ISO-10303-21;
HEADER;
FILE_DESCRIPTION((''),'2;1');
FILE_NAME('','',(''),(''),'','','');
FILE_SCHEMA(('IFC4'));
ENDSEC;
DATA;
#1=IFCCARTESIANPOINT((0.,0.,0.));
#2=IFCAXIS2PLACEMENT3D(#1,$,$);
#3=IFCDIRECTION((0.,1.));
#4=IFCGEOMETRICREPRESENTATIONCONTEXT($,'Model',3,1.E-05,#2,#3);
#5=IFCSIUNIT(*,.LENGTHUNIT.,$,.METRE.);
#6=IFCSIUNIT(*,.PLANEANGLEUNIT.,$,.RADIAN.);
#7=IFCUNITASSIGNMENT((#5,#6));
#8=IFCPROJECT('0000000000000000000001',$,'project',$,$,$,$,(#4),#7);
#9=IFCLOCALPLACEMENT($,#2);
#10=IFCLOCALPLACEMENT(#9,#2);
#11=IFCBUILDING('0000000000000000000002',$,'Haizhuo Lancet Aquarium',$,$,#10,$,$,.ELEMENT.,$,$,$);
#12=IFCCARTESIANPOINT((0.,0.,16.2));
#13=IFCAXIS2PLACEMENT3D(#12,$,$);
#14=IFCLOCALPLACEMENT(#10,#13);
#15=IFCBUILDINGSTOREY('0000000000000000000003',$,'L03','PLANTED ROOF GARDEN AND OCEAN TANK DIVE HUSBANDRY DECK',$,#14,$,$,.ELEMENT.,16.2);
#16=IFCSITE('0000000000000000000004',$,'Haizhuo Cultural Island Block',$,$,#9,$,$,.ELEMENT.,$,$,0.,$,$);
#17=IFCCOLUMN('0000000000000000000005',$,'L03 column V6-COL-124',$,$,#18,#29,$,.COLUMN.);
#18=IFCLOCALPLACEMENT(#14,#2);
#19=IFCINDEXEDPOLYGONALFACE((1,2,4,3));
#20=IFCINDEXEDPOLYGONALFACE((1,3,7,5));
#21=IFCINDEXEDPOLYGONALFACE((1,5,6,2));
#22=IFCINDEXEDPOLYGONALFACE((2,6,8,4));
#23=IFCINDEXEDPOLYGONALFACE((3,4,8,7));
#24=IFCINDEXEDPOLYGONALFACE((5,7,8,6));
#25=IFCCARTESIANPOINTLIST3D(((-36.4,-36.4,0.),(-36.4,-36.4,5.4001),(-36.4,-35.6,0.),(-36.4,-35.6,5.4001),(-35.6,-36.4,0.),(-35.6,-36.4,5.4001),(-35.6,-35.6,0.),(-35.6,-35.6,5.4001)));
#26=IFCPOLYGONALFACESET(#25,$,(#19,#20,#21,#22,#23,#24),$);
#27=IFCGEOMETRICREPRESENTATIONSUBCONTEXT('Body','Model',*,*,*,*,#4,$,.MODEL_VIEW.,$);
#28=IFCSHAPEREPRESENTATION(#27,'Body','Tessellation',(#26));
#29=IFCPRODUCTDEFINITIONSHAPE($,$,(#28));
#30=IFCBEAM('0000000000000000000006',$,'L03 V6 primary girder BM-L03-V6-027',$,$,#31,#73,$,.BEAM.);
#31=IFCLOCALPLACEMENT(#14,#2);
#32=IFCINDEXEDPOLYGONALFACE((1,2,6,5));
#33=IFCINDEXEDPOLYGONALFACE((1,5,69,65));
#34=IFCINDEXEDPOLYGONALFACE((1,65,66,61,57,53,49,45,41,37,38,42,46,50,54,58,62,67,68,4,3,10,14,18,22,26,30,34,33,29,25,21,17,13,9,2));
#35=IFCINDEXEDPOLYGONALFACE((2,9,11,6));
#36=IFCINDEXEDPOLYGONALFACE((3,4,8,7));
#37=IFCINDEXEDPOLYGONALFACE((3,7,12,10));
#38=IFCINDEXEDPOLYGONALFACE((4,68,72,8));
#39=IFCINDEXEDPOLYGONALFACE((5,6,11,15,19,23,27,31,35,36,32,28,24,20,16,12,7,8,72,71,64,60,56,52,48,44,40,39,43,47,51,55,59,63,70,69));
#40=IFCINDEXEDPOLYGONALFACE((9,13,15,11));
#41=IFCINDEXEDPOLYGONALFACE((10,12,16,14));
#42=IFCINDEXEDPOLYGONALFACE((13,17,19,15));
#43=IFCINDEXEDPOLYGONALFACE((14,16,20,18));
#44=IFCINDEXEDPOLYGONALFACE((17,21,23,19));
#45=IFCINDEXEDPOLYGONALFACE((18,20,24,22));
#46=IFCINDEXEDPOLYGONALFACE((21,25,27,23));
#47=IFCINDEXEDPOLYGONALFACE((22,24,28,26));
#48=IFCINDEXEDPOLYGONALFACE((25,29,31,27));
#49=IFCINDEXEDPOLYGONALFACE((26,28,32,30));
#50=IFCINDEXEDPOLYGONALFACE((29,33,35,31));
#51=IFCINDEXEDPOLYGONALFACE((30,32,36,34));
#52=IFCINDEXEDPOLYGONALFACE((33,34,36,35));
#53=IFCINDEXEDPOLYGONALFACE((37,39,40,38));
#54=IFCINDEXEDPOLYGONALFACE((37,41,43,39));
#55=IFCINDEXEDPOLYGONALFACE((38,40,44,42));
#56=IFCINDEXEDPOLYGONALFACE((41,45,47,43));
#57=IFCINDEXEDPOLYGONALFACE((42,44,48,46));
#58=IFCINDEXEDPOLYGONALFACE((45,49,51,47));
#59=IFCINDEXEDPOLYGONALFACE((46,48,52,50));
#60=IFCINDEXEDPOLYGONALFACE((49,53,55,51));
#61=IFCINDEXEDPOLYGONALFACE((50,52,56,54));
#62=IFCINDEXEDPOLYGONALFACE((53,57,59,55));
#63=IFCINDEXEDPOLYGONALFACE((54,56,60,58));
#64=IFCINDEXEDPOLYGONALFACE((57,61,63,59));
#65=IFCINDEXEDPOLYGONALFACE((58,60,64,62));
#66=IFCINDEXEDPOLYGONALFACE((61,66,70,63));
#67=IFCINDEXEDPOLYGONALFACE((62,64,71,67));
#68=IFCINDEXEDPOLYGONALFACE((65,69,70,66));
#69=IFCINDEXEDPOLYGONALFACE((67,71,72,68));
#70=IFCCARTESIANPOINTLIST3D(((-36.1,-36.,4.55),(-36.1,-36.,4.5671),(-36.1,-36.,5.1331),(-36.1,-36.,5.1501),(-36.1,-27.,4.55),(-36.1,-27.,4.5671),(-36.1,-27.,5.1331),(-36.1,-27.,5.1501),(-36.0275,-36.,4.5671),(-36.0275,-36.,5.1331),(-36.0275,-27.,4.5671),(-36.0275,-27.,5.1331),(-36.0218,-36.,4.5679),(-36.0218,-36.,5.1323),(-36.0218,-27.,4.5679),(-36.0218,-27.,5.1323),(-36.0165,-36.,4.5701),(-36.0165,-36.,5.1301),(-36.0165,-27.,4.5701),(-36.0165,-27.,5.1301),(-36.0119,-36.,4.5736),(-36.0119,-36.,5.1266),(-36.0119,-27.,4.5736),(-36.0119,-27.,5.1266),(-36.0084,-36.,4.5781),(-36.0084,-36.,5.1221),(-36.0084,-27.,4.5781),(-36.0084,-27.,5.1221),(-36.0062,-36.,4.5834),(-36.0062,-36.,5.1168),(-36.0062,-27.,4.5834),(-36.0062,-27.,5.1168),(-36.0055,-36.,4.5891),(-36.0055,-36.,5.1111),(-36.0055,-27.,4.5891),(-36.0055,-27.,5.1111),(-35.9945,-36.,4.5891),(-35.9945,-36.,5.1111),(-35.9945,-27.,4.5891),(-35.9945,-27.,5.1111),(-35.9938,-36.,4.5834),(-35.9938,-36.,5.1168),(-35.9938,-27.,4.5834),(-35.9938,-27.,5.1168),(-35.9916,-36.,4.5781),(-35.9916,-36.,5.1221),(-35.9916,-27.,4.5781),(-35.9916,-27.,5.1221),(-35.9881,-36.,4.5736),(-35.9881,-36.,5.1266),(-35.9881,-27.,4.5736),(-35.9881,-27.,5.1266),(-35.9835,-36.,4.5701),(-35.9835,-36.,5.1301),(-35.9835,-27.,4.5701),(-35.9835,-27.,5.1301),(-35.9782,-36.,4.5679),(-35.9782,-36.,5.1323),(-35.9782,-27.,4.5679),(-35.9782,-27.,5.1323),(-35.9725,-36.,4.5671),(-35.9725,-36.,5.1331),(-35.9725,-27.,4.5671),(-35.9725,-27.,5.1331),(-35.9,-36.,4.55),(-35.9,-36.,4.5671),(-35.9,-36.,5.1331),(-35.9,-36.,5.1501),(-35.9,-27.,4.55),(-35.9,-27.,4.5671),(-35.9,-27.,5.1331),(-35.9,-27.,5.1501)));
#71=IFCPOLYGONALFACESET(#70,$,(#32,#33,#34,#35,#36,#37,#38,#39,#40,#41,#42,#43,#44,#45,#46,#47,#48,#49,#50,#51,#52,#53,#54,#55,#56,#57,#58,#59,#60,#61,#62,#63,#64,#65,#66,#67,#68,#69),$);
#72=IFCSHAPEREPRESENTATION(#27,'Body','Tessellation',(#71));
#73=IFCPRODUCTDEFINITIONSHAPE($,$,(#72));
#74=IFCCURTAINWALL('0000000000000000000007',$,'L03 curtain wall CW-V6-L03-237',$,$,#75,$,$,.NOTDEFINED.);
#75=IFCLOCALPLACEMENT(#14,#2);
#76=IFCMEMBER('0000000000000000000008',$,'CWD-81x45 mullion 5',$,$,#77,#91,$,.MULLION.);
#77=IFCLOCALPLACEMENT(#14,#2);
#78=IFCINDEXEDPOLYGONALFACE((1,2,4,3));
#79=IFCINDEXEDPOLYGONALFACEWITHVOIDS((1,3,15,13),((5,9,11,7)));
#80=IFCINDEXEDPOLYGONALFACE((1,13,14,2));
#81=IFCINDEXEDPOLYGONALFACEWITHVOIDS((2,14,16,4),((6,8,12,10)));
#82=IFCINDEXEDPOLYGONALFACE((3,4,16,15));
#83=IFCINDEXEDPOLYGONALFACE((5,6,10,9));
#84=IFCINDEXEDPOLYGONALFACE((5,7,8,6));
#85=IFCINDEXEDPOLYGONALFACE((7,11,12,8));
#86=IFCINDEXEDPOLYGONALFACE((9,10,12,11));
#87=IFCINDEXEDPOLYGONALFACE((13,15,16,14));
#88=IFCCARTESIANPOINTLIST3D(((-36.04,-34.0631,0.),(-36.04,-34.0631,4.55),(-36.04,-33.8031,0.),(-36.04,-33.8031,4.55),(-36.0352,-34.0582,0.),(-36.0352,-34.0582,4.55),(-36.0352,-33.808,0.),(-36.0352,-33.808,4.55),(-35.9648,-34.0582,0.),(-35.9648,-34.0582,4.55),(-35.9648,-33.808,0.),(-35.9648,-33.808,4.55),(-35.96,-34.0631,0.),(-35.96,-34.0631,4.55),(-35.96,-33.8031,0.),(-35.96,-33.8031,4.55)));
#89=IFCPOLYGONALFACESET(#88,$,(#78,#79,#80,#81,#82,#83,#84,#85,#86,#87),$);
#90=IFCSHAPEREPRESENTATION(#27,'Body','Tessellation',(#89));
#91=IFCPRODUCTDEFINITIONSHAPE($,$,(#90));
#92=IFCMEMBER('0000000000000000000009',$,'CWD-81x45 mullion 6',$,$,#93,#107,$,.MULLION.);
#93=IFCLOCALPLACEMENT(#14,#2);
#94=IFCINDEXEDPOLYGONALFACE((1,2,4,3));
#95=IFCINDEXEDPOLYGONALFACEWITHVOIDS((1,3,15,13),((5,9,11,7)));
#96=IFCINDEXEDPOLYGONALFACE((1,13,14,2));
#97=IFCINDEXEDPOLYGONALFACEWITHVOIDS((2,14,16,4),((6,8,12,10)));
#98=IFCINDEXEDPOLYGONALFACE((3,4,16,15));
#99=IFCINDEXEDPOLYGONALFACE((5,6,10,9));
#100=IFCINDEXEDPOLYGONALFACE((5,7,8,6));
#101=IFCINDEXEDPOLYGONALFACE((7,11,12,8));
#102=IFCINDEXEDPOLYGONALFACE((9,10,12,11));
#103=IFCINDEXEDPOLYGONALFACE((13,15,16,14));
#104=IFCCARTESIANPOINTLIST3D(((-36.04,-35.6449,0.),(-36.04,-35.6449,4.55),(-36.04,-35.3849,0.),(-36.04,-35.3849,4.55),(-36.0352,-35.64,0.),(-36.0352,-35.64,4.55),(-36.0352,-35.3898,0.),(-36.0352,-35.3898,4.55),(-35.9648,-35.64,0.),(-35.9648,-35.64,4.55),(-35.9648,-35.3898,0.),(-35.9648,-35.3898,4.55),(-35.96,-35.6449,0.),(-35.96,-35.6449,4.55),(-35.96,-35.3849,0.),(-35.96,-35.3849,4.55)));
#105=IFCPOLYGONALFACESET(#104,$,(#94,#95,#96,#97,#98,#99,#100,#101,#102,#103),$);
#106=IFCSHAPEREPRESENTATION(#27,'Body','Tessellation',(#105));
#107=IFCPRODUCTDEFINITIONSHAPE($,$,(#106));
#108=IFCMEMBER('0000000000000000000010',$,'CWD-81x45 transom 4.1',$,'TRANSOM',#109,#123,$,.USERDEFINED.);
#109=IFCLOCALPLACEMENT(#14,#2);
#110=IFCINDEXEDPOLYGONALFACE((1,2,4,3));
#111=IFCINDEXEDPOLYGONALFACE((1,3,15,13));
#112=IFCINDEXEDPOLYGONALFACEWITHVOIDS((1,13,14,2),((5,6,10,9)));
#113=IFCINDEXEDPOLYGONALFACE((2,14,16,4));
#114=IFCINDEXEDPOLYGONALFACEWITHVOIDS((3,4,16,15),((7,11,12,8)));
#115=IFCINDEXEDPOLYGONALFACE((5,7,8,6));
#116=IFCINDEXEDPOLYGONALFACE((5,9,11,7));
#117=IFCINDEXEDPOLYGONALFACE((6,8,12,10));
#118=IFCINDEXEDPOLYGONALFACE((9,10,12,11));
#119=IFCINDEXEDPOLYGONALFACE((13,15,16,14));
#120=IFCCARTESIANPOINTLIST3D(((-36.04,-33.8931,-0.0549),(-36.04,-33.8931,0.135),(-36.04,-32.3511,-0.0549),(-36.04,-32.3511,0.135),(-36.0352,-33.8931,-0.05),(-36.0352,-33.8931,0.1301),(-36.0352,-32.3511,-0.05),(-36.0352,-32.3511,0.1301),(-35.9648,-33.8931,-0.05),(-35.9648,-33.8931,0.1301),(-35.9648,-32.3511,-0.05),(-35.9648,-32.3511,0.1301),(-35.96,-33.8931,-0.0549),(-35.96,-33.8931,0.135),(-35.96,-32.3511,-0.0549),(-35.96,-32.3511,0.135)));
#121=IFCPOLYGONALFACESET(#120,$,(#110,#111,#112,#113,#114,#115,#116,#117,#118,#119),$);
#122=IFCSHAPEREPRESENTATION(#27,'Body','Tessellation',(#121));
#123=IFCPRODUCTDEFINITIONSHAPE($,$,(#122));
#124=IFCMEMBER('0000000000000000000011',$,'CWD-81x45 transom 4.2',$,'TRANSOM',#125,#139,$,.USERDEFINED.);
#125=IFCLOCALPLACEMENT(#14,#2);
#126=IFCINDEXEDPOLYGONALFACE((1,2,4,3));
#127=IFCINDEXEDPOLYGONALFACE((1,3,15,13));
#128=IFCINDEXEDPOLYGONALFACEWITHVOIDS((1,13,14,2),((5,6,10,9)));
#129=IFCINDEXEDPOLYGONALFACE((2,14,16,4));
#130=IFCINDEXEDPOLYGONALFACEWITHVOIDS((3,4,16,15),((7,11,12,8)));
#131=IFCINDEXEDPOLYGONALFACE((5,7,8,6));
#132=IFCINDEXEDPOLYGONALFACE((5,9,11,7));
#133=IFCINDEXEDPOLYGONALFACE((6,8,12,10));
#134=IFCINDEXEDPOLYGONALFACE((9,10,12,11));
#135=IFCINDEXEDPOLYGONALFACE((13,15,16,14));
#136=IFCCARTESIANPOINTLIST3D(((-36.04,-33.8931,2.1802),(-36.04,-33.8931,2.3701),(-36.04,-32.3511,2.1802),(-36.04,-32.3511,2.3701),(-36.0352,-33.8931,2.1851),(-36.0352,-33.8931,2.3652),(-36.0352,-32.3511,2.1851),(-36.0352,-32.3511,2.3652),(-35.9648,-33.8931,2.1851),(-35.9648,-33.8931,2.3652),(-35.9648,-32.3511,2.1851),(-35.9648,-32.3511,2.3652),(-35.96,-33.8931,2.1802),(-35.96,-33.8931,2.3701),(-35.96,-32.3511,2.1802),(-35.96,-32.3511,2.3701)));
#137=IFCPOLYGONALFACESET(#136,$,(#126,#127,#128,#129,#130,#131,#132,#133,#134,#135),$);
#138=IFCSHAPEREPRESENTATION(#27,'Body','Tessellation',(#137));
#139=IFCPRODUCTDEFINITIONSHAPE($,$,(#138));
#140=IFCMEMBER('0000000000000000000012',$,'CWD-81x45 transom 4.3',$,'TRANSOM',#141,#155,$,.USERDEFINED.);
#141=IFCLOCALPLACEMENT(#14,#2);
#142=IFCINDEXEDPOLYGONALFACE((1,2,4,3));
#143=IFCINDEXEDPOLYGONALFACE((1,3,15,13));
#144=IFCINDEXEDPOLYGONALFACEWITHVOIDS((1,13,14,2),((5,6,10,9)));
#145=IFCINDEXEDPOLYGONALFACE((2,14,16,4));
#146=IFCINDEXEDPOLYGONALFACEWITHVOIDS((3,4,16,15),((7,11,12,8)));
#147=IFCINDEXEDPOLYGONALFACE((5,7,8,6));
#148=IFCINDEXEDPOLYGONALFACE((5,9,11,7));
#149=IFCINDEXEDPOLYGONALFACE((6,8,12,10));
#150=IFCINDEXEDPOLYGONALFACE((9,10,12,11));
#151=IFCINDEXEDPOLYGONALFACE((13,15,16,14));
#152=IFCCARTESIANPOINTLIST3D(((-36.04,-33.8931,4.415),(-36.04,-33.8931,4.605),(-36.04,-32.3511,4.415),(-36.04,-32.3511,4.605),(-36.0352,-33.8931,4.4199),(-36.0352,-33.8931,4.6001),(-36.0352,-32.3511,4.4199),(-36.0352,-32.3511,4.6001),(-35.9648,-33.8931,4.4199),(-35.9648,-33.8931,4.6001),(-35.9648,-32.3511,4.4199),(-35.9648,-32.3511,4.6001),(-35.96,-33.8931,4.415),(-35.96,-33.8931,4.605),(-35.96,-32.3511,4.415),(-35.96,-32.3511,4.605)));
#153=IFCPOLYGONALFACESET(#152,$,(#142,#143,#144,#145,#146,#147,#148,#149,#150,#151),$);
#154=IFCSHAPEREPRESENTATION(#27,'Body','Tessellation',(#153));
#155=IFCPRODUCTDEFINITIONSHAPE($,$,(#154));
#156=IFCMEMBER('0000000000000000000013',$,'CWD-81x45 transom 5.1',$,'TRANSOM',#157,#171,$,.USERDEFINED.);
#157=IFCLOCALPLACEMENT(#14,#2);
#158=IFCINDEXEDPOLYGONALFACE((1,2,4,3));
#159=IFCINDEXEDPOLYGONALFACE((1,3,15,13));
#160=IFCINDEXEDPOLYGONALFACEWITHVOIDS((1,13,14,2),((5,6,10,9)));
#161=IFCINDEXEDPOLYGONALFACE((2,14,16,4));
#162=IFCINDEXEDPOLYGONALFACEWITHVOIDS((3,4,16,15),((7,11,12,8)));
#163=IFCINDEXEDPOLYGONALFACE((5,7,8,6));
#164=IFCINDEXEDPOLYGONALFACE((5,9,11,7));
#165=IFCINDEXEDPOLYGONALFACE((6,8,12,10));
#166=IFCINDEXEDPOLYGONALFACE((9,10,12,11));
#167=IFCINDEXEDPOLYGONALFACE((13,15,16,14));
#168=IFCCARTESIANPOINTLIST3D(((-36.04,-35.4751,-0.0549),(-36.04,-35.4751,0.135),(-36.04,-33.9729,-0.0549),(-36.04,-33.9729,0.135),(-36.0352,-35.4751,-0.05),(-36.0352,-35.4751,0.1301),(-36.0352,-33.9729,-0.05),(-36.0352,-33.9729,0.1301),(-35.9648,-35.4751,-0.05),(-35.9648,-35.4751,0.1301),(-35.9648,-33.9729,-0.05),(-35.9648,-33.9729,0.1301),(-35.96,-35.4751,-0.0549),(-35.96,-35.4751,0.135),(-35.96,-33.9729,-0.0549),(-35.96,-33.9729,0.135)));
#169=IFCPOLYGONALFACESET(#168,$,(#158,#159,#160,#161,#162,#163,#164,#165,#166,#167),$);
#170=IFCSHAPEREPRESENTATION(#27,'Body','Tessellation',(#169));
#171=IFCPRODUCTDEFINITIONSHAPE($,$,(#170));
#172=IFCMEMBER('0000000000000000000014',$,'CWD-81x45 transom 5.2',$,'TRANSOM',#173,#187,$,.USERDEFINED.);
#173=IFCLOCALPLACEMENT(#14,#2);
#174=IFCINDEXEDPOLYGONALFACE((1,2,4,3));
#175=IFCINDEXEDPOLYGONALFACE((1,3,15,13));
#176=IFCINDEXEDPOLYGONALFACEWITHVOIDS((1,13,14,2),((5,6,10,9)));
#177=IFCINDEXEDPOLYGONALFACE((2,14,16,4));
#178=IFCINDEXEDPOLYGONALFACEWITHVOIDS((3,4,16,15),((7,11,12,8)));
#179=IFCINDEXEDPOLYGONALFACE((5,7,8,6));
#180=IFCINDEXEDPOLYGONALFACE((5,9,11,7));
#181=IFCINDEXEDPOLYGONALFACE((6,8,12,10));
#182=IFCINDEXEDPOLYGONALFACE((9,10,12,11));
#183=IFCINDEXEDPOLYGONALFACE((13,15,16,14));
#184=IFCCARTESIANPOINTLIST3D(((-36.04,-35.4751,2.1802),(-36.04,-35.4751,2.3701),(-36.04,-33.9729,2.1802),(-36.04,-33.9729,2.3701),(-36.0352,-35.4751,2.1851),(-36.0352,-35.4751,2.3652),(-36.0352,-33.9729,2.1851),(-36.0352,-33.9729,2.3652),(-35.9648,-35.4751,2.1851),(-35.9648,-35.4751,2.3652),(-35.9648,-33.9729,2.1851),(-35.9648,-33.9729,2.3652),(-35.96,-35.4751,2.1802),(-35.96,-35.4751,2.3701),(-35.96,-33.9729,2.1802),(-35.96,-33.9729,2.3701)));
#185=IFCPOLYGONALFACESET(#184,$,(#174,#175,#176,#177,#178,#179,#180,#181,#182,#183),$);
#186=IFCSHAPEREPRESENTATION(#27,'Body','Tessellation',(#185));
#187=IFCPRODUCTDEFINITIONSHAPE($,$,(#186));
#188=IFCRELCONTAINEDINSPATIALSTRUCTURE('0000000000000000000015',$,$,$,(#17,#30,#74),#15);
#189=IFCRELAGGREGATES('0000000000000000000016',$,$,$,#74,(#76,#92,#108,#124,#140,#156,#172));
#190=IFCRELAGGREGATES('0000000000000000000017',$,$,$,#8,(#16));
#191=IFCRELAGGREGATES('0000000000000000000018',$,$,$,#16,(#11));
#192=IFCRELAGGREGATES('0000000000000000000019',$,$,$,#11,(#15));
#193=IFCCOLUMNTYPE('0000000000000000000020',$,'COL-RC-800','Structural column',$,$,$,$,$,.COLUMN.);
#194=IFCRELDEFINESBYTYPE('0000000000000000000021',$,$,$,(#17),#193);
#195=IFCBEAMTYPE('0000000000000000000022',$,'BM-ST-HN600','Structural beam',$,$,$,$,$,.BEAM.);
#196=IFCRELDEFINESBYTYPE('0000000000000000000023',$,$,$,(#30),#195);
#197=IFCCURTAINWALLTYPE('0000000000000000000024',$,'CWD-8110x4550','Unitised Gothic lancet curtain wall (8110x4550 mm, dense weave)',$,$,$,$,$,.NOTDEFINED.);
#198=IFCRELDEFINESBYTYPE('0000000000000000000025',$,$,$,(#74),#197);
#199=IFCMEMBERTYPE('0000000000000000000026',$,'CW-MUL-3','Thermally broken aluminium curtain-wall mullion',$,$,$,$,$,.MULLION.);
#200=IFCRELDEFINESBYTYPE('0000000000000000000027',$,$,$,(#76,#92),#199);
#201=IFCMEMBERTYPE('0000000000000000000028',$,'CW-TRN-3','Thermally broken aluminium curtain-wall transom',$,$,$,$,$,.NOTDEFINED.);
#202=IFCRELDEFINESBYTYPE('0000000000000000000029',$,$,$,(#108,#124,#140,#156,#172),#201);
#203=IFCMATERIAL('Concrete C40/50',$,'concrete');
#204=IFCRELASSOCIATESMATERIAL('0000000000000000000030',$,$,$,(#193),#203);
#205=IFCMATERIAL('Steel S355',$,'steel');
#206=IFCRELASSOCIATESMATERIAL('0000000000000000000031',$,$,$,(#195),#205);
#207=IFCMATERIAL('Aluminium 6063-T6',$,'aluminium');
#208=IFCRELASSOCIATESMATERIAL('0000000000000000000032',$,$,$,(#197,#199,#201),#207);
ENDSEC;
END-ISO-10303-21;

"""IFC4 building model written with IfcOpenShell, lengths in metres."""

from ifc_helpers import new_model, si_unit, direction, frame, origin, origin_2d, place, context, subcontext, project, spatial, rectangle, hollow_rectangle, i_section, extrude, material, material_profile, profile_set, type_object, element, aggregate, save


model = new_model("IFC4")

# Units and contexts
model_context = context("Model", 3, precision=1e-05, world=origin(), true_north=direction((0.0, 1.0)))
body_context = subcontext(model_context, "Body", "Model", "MODEL_VIEW")
ifc_project = project(units=[si_unit("LENGTHUNIT", "METRE"), si_unit("PLANEANGLEUNIT", "RADIAN")], contexts=[model_context])

# Site, building, storey
site_placement = place(None, origin())
site = spatial("IfcSite", under=ifc_project, at=site_placement, Name="Haizhuo Cultural Island Block", CompositionType="ELEMENT", RefElevation=0.0)
building_placement = place(site_placement, origin())
building = spatial("IfcBuilding", under=site, at=building_placement, Name="Haizhuo Lancet Aquarium", CompositionType="ELEMENT")
storey_placement = place(building_placement, frame((0.0, 0.0, 16.2)))
storey = spatial("IfcBuildingStorey", under=building, at=storey_placement, Name="L03", Description="PLANTED ROOF GARDEN AND OCEAN TANK DIVE HUSBANDRY DECK", CompositionType="ELEMENT", Elevation=16.2)

# Column
ifc_material_1 = material(Name="Concrete C40/50", Category="concrete")
ifc_material_profile_1 = material_profile(ifc_material_1, rectangle(XDim=0.8, YDim=0.8, at=origin_2d()), Name="RC-COL 800x800")
ifc_profile_set_1 = profile_set([ifc_material_profile_1], Name="Concrete C40/50")
column_type = type_object("IfcColumnType", Name="COL-RC-800", Description="Structural column", PredefinedType="COLUMN", material=ifc_profile_set_1)
column_placement = place(storey_placement, frame((-36.0, -36.0, 0.0), z_axis=(0.0, 0.0, 1.0), x_axis=(1.0, 0.0, 0.0)))
element("IfcColumn", 1, at=column_placement, inside=storey, type_object=column_type, Name="L03 column V6-COL-124", PredefinedType="COLUMN", context=body_context, shape_type="SweptSolid", body=[
    extrude(rectangle(XDim=0.8, YDim=0.8, at=origin_2d()), origin(), (0.0, 0.0, 1.0), 5.4001),
])

# Beam
ifc_material_2 = material(Name="Steel S355", Category="steel")
ifc_material_profile_2 = material_profile(ifc_material_2, i_section(OverallWidth=0.2, OverallDepth=0.6001, WebThickness=0.011, FlangeThickness=0.0171, FilletRadius=0.022, at=origin_2d()), Name="HN 600x200x11x17")
ifc_profile_set_2 = profile_set([ifc_material_profile_2], Name="Steel S355")
beam_type = type_object("IfcBeamType", Name="BM-ST-HN600", Description="Structural beam", PredefinedType="BEAM", material=ifc_profile_set_2)
beam_placement = place(storey_placement, frame((-36.0, -36.0, 4.8501), z_axis=(0.0, 1.0, 0.0), x_axis=(-1.0, 0.0, 0.0)))
element("IfcBeam", 2, at=beam_placement, inside=storey, type_object=beam_type, Name="L03 V6 primary girder BM-L03-V6-027", PredefinedType="BEAM", context=body_context, shape_type="SweptSolid", body=[
    extrude(i_section(OverallWidth=0.2, OverallDepth=0.6001, WebThickness=0.011, FlangeThickness=0.0171, FilletRadius=0.022, at=origin_2d()), origin(), (0.0, 0.0, 1.0), 9.0),
])

# Curtain wall, members
ifc_material_3 = material(Name="Aluminium 6063-T6", Category="aluminium")
curtain_wall_type = type_object("IfcCurtainWallType", Name="CWD-8110x4550", Description="Unitised Gothic lancet curtain wall (8110x4550 mm, dense weave)", PredefinedType="NOTDEFINED", material=ifc_material_3)
curtain_wall_placement = place(storey_placement, origin())
curtain_wall = element("IfcCurtainWall", 3, at=curtain_wall_placement, inside=storey, type_object=curtain_wall_type, Name="L03 curtain wall CW-V6-L03-237", PredefinedType="NOTDEFINED")
ifc_material_profile_3 = material_profile(ifc_material_3, hollow_rectangle(XDim=0.0801, YDim=0.26, WallThickness=0.0049, at=origin_2d()), Name="ALU-M 80x260x5")
ifc_profile_set_3 = profile_set([ifc_material_profile_3], Name="Aluminium 6063-T6")
member_type_1 = type_object("IfcMemberType", Name="CW-MUL-3", Description="Thermally broken aluminium curtain-wall mullion", PredefinedType="MULLION", material=ifc_profile_set_3)
member_1_placement = place(storey_placement, frame((-36.0, -33.9331, 0.0), z_axis=(0.0, 0.0, 1.0), x_axis=(1.0, 0.0, 0.0)))
member_1 = element("IfcMember", 4, at=member_1_placement, type_object=member_type_1, Name="CWD-81x45 mullion 5", PredefinedType="MULLION", context=body_context, shape_type="SweptSolid", body=[
    extrude(hollow_rectangle(XDim=0.0801, YDim=0.26, WallThickness=0.0049, at=origin_2d()), origin(), (0.0, 0.0, 1.0), 4.55),
])
member_2_placement = place(storey_placement, frame((-36.0, -35.5149, 0.0), z_axis=(0.0, 0.0, 1.0), x_axis=(1.0, 0.0, 0.0)))
member_2 = element("IfcMember", 5, at=member_2_placement, type_object=member_type_1, Name="CWD-81x45 mullion 6", PredefinedType="MULLION", context=body_context, shape_type="SweptSolid", body=[
    extrude(hollow_rectangle(XDim=0.0801, YDim=0.26, WallThickness=0.0049, at=origin_2d()), origin(), (0.0, 0.0, 1.0), 4.55),
])
ifc_material_profile_4 = material_profile(ifc_material_3, hollow_rectangle(XDim=0.0801, YDim=0.1899, WallThickness=0.0049, at=origin_2d()), Name="ALU-T 80x190x5")
ifc_profile_set_4 = profile_set([ifc_material_profile_4], Name="Aluminium 6063-T6")
member_type_2 = type_object("IfcMemberType", Name="CW-TRN-3", Description="Thermally broken aluminium curtain-wall transom", PredefinedType="NOTDEFINED", material=ifc_profile_set_4)
member_3_placement = place(storey_placement, frame((-36.0, -32.3511, 0.04), z_axis=(0.0, -1.0, 0.0), x_axis=(1.0, 0.0, 0.0)))
member_3 = element("IfcMember", 6, at=member_3_placement, type_object=member_type_2, Name="CWD-81x45 transom 4.1", ObjectType="TRANSOM", PredefinedType="USERDEFINED", context=body_context, shape_type="SweptSolid", body=[
    extrude(hollow_rectangle(XDim=0.0801, YDim=0.1899, WallThickness=0.0049, at=origin_2d()), origin(), (0.0, 0.0, 1.0), 1.542),
])
member_4_placement = place(storey_placement, frame((-36.0, -32.3511, 2.2751), z_axis=(0.0, -1.0, 0.0), x_axis=(1.0, 0.0, 0.0)))
member_4 = element("IfcMember", 7, at=member_4_placement, type_object=member_type_2, Name="CWD-81x45 transom 4.2", ObjectType="TRANSOM", PredefinedType="USERDEFINED", context=body_context, shape_type="SweptSolid", body=[
    extrude(hollow_rectangle(XDim=0.0801, YDim=0.1899, WallThickness=0.0049, at=origin_2d()), origin(), (0.0, 0.0, 1.0), 1.542),
])
member_5_placement = place(storey_placement, frame((-36.0, -32.3511, 4.51), z_axis=(0.0, -1.0, 0.0), x_axis=(1.0, 0.0, 0.0)))
member_5 = element("IfcMember", 8, at=member_5_placement, type_object=member_type_2, Name="CWD-81x45 transom 4.3", ObjectType="TRANSOM", PredefinedType="USERDEFINED", context=body_context, shape_type="SweptSolid", body=[
    extrude(hollow_rectangle(XDim=0.0801, YDim=0.1899, WallThickness=0.0049, at=origin_2d()), origin(), (0.0, 0.0, 1.0), 1.542),
])
member_6_placement = place(storey_placement, frame((-36.0, -33.9729, 0.04), z_axis=(0.0, -1.0, 0.0), x_axis=(1.0, 0.0, 0.0)))
member_6 = element("IfcMember", 9, at=member_6_placement, type_object=member_type_2, Name="CWD-81x45 transom 5.1", ObjectType="TRANSOM", PredefinedType="USERDEFINED", context=body_context, shape_type="SweptSolid", body=[
    extrude(hollow_rectangle(XDim=0.0801, YDim=0.1899, WallThickness=0.0049, at=origin_2d()), origin(), (0.0, 0.0, 1.0), 1.5022),
])
member_7_placement = place(storey_placement, frame((-36.0, -33.9729, 2.2751), z_axis=(0.0, -1.0, 0.0), x_axis=(1.0, 0.0, 0.0)))
member_7 = element("IfcMember", 10, at=member_7_placement, type_object=member_type_2, Name="CWD-81x45 transom 5.2", ObjectType="TRANSOM", PredefinedType="USERDEFINED", context=body_context, shape_type="SweptSolid", body=[
    extrude(hollow_rectangle(XDim=0.0801, YDim=0.1899, WallThickness=0.0049, at=origin_2d()), origin(), (0.0, 0.0, 1.0), 1.5022),
])

aggregate(curtain_wall, [member_1, member_2, member_3, member_4, member_5, member_6, member_7])

save(model, "model.ifc")
